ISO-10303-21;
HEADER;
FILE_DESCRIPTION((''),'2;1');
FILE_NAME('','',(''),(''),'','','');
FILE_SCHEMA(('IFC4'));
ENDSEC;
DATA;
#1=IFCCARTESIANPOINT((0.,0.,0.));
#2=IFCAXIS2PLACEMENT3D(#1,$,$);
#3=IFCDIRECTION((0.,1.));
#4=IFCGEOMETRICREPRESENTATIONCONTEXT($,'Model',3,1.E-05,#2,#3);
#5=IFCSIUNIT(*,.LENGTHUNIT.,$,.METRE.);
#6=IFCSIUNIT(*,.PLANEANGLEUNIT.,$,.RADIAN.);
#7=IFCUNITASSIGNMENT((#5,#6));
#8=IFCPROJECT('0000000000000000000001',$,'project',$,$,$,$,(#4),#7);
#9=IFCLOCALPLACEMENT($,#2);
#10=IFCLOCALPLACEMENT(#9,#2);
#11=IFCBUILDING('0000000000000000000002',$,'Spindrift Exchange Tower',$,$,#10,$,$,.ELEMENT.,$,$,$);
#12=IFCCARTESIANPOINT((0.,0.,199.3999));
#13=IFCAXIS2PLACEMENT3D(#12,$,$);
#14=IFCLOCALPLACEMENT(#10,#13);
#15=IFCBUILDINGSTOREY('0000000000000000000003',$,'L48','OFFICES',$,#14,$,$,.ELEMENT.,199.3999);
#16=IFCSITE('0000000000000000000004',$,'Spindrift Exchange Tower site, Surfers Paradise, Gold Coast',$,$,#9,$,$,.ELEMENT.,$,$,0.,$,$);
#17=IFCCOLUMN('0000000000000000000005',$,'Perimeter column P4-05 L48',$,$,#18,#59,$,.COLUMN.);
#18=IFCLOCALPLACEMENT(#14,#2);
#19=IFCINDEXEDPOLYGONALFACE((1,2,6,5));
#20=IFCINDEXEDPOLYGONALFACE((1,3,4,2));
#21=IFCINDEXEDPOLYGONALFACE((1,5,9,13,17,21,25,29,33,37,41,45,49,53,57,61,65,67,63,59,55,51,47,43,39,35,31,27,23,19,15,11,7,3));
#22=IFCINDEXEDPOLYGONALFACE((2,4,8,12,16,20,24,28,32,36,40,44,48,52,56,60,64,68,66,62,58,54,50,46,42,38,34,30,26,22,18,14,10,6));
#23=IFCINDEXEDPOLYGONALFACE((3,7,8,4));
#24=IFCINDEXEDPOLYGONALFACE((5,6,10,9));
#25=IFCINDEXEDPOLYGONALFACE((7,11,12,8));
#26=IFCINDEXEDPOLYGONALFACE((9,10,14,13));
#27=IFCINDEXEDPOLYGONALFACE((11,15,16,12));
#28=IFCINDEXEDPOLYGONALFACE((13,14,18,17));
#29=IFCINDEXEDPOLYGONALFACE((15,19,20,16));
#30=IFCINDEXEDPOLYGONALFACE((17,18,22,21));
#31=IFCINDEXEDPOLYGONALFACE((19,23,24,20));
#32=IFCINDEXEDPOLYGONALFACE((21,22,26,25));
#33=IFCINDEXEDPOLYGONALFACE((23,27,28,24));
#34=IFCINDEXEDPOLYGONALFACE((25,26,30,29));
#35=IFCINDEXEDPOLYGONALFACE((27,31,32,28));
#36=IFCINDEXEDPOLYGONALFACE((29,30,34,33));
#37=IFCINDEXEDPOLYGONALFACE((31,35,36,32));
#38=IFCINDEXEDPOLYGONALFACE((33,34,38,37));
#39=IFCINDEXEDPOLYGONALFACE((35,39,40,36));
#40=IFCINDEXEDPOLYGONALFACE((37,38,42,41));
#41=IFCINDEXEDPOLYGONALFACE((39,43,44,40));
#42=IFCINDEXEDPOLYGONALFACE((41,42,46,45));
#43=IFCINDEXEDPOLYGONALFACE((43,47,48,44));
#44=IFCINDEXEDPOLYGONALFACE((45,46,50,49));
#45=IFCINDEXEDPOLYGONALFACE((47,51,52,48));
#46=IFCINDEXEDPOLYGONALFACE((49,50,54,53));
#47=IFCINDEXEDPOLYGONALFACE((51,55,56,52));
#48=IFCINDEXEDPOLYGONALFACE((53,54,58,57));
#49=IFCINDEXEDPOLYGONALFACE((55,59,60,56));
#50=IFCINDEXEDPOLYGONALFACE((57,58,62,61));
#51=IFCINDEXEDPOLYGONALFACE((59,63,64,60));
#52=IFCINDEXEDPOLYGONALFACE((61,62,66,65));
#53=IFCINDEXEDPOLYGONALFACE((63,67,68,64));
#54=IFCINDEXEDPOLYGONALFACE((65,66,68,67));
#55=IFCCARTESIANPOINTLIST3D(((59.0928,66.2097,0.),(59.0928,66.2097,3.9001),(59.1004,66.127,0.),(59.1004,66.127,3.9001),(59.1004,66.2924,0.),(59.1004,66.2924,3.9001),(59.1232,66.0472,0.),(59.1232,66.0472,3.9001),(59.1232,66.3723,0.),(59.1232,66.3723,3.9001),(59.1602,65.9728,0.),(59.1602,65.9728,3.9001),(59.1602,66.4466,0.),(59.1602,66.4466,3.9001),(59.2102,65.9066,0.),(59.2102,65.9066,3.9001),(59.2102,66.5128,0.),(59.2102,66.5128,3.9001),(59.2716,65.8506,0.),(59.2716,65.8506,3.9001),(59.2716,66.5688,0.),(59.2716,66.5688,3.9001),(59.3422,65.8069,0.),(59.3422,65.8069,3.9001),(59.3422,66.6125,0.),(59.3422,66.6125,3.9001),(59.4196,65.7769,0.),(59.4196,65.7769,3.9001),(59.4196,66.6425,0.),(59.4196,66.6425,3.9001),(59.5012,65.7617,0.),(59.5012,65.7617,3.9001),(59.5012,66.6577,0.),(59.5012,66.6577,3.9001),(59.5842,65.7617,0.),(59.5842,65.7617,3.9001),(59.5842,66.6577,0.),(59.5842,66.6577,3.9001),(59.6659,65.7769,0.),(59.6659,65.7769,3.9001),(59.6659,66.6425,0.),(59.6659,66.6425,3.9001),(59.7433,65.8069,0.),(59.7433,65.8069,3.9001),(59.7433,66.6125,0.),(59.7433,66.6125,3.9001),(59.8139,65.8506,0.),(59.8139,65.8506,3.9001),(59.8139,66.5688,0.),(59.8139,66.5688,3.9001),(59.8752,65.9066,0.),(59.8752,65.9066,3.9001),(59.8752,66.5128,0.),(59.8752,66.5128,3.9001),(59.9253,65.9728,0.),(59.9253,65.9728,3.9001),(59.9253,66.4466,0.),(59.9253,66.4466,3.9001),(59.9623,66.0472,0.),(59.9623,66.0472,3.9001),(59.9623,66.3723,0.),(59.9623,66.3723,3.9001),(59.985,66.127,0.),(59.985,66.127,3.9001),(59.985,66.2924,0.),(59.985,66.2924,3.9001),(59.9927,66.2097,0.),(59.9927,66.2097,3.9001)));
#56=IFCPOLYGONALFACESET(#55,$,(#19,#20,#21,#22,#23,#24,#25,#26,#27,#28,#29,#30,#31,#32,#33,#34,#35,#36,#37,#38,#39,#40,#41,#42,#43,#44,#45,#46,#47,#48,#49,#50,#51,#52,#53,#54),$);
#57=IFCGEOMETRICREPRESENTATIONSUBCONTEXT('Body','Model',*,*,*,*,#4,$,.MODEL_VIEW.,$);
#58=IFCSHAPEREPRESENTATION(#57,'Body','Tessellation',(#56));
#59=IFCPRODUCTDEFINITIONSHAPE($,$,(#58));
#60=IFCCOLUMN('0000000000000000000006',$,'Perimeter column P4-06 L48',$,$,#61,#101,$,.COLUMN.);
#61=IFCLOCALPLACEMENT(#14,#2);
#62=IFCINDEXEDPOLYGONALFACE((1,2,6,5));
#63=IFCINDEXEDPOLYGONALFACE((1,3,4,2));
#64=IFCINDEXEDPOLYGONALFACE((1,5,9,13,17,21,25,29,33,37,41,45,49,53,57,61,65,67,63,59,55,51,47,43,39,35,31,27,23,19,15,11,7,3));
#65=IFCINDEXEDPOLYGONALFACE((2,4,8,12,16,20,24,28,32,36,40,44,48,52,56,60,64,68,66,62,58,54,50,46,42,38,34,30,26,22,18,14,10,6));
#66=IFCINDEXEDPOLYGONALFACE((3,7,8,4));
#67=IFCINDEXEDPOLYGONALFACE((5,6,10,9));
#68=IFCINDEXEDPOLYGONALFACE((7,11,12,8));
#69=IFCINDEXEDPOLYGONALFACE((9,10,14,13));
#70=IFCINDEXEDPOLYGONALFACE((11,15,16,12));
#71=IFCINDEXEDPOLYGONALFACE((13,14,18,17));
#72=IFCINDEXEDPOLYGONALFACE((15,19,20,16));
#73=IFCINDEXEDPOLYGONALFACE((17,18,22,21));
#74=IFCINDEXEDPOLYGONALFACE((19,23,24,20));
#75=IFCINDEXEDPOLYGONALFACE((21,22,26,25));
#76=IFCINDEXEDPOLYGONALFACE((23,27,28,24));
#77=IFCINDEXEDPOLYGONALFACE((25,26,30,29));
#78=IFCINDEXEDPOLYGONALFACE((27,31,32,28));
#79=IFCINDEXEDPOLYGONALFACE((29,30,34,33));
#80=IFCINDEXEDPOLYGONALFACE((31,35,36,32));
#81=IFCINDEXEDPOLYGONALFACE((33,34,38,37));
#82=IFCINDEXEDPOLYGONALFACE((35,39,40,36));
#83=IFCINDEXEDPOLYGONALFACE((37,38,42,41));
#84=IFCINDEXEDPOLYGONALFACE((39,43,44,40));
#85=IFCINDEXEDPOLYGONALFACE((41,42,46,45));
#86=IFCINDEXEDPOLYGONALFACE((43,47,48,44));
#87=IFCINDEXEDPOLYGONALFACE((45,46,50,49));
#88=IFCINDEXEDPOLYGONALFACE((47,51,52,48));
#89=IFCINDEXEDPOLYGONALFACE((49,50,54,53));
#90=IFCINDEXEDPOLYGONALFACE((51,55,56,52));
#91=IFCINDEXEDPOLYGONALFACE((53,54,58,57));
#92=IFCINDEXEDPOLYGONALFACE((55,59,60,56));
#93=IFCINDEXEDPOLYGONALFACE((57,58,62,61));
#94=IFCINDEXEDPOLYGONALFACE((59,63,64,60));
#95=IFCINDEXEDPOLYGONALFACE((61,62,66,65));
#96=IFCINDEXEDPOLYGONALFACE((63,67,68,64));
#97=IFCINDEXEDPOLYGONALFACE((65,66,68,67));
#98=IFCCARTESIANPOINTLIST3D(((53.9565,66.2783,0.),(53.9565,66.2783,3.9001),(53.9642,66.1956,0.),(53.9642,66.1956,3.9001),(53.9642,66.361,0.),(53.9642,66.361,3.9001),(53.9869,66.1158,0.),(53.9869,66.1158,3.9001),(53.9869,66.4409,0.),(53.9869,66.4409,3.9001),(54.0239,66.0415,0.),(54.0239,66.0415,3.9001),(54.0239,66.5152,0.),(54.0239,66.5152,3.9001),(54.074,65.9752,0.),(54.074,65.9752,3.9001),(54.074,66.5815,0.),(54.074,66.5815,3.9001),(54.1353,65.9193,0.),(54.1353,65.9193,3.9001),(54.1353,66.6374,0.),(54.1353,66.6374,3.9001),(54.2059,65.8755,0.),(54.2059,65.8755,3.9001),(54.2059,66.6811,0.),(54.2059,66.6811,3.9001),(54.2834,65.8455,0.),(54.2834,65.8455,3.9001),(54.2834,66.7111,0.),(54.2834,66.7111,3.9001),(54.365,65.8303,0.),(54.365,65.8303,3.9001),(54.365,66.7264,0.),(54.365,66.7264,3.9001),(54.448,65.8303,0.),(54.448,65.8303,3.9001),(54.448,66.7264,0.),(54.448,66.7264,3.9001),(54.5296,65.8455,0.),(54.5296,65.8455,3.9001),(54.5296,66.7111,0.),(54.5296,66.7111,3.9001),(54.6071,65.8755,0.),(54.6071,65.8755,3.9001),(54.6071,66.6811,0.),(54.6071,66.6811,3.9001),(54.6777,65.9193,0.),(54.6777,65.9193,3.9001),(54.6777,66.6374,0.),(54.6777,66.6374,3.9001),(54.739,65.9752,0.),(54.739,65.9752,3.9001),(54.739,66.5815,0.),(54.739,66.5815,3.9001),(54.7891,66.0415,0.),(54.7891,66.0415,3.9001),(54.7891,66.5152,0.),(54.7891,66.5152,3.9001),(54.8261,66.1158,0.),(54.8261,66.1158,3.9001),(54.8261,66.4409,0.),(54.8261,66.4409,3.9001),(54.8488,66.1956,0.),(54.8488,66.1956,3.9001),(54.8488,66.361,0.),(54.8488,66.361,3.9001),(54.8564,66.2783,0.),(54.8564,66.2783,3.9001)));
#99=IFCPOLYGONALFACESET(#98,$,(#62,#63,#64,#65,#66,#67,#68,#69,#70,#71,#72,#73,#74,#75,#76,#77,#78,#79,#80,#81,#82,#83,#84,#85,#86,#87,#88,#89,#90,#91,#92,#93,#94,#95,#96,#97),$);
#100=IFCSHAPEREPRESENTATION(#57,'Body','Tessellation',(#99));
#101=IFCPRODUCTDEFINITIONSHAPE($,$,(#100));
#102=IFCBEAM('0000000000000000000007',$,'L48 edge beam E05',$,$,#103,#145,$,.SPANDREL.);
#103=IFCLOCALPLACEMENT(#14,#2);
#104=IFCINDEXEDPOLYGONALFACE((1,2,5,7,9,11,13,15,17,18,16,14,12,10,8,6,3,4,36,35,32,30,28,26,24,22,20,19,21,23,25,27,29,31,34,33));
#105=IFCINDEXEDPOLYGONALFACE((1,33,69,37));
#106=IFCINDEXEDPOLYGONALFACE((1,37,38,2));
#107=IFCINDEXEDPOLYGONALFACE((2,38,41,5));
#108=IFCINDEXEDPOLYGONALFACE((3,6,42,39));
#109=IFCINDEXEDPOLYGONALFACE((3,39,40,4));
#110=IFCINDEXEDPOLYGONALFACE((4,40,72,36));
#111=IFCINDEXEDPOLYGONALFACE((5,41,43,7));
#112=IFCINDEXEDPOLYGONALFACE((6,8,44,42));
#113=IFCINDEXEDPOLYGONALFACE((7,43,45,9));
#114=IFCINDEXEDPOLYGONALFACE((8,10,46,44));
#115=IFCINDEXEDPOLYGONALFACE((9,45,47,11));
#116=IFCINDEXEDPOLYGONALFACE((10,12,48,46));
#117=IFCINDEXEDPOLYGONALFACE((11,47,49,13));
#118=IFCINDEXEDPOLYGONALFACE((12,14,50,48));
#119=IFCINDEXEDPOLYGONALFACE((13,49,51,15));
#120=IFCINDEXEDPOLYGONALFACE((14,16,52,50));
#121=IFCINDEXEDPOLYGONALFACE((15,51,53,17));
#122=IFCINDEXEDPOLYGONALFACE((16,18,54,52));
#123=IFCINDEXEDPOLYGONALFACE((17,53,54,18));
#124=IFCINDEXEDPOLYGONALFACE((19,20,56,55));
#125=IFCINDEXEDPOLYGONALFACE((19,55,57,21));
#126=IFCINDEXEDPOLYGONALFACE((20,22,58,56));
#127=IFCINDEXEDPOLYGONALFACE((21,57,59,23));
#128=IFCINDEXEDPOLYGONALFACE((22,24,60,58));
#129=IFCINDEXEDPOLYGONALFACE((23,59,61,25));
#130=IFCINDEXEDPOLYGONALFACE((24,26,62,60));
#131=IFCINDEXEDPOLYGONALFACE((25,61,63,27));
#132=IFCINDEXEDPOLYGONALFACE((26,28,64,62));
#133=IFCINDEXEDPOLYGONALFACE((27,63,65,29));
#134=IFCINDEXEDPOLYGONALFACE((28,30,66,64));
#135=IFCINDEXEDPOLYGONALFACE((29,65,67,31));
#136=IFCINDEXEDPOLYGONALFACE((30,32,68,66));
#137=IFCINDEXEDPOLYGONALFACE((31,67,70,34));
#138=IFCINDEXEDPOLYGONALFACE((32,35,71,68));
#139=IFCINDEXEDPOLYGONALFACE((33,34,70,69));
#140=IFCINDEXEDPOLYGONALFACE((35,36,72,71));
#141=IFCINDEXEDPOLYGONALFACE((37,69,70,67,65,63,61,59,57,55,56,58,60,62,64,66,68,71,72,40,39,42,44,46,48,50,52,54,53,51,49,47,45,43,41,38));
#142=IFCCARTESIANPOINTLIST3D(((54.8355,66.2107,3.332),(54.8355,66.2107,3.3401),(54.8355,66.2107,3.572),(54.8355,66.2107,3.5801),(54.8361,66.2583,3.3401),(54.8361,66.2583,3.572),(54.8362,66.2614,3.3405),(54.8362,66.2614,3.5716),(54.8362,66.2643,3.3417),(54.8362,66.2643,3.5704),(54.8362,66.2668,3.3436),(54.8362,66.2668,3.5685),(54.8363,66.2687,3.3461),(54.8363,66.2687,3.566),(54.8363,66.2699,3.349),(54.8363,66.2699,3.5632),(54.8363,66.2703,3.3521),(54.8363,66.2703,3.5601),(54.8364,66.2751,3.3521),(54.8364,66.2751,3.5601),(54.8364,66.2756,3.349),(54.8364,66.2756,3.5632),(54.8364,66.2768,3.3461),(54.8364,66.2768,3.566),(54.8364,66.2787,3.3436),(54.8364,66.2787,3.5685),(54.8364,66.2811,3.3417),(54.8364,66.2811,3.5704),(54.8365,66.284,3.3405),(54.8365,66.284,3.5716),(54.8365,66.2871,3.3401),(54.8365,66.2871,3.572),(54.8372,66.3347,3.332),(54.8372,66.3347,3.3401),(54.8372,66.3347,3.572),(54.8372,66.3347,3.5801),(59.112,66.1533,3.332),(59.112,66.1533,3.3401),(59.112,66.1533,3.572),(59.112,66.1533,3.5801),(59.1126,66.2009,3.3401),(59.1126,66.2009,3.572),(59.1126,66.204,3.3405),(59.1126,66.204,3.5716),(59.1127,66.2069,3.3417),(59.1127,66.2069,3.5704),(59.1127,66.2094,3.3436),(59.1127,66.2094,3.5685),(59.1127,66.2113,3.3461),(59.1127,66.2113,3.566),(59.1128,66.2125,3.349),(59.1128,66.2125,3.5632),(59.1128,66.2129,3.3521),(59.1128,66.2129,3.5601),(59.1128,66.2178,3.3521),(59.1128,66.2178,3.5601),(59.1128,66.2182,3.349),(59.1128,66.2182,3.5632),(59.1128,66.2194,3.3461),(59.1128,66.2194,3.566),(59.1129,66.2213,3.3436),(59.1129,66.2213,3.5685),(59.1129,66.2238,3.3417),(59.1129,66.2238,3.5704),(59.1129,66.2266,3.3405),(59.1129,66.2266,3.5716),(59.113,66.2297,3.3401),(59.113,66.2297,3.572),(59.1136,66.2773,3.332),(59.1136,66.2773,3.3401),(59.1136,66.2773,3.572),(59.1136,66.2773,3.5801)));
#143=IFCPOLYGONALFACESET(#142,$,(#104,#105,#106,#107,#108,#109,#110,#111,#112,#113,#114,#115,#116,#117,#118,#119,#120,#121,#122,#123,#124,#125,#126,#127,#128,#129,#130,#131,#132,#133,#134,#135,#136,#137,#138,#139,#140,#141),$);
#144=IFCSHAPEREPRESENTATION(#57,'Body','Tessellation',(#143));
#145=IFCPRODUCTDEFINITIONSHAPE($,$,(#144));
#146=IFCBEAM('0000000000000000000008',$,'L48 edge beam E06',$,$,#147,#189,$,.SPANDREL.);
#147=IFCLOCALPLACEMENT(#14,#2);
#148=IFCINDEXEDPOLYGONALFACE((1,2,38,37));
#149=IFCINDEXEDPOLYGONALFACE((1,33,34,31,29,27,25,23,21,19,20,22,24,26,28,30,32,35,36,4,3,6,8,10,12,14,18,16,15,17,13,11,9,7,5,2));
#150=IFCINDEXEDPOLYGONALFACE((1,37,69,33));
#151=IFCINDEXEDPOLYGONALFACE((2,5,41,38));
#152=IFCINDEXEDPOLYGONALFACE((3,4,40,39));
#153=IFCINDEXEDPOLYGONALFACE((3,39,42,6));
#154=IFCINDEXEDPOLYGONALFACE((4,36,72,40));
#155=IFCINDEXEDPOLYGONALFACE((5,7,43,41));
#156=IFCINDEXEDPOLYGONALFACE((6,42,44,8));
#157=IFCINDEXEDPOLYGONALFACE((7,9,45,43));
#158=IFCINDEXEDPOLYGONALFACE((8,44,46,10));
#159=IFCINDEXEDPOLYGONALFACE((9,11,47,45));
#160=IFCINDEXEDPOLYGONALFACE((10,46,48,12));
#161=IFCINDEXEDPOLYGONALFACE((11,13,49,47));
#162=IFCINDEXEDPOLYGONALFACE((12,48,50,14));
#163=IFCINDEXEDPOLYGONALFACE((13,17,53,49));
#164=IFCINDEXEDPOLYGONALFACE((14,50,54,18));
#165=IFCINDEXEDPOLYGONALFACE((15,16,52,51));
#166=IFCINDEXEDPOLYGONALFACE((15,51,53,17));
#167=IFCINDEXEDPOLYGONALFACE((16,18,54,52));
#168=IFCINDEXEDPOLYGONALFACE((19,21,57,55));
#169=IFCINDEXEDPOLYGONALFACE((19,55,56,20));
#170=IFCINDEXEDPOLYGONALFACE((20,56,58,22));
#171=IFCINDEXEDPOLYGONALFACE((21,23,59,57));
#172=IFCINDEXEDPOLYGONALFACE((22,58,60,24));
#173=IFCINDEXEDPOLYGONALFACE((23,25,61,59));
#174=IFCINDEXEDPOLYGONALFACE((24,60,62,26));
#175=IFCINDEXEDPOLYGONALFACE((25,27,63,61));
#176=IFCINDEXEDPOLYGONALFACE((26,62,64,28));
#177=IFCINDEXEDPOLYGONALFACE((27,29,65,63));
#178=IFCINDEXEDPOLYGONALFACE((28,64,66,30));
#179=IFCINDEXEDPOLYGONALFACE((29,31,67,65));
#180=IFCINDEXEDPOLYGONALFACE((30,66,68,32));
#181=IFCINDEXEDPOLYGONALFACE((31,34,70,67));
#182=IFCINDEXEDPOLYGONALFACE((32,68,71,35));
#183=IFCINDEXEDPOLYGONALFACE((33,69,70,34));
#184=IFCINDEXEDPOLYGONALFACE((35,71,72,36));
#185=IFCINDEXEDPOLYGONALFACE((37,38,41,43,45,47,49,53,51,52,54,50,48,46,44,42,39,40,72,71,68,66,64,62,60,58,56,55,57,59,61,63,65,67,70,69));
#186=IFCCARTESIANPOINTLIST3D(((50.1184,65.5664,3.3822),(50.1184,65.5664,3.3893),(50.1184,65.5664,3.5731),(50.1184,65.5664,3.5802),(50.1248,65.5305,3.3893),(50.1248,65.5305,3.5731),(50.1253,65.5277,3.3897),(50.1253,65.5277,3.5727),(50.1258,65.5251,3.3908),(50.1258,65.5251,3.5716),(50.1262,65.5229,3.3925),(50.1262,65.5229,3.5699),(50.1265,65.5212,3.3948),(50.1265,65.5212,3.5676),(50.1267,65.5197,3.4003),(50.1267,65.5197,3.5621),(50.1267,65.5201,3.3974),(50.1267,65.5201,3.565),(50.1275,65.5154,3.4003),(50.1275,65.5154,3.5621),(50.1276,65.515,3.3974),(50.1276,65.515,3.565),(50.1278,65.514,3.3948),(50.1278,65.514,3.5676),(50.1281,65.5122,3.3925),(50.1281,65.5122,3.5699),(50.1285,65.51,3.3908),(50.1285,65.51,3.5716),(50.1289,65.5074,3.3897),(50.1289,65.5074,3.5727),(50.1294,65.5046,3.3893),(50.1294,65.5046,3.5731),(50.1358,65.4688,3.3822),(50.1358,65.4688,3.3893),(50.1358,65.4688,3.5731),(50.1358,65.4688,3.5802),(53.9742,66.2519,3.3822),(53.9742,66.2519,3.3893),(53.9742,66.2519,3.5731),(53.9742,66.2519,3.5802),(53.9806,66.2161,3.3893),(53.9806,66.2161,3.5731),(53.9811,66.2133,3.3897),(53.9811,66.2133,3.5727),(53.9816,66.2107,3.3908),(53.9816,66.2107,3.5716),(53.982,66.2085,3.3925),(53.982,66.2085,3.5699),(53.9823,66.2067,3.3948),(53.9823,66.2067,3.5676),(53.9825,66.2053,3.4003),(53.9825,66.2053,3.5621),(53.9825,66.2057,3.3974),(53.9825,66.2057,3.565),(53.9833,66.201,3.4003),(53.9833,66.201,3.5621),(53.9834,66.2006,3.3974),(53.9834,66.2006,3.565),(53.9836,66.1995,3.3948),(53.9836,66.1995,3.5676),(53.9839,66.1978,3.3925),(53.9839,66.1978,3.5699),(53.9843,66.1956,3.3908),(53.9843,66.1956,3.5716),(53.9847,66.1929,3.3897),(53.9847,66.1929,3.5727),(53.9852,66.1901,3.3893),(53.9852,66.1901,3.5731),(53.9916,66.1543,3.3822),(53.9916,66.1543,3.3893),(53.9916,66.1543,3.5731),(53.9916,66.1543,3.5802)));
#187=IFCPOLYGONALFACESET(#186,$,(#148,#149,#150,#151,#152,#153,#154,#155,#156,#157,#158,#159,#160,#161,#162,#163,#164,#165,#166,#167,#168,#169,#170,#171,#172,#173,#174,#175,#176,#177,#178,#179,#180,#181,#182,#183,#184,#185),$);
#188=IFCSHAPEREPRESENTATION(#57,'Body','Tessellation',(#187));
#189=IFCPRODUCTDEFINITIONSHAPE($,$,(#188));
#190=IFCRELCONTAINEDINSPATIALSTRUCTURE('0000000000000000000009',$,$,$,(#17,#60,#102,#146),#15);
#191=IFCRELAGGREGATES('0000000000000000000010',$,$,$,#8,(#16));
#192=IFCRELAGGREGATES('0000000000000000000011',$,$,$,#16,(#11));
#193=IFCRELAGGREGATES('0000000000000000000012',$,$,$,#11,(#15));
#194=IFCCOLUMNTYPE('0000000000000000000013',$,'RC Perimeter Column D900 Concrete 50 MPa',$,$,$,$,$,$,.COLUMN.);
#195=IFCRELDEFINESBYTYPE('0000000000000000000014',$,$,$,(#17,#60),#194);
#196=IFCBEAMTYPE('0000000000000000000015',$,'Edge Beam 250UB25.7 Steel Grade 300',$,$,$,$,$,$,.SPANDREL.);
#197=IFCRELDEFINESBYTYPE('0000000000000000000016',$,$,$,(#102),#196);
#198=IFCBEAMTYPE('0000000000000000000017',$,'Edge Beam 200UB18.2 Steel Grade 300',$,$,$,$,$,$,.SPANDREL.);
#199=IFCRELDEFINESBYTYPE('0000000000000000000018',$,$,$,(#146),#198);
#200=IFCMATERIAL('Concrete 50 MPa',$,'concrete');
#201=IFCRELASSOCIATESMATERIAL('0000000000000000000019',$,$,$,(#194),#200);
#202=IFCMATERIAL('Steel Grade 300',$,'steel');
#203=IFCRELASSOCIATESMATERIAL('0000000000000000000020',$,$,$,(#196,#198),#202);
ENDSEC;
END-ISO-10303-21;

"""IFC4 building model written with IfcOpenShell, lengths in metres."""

from ifc_helpers import new_model, si_unit, direction, frame, origin, origin_2d, place, context, subcontext, project, spatial, circle, i_section, extrude, source, transform, mapped, material, material_profile, profile_set, type_object, element, save


model = new_model("IFC4")

# Units and contexts
model_context = context("Model", 3, precision=1e-05, world=origin(), true_north=direction((0.0, 1.0)))
body_context = subcontext(model_context, "Body", "Model", "MODEL_VIEW")
ifc_project = project(units=[si_unit("LENGTHUNIT", "METRE"), si_unit("PLANEANGLEUNIT", "RADIAN")], contexts=[model_context])

# Site, building, storey
site_placement = place(None, origin())
site = spatial("IfcSite", under=ifc_project, at=site_placement, Name="Spindrift Exchange Tower site, Surfers Paradise, Gold Coast", CompositionType="ELEMENT", RefElevation=0.0)
building_placement = place(site_placement, origin())
building = spatial("IfcBuilding", under=site, at=building_placement, Name="Spindrift Exchange Tower", CompositionType="ELEMENT")
storey_placement = place(building_placement, frame((0.0, 0.0, 199.3999)))
storey = spatial("IfcBuildingStorey", under=building, at=storey_placement, Name="L48", Description="OFFICES", CompositionType="ELEMENT", Elevation=199.3999)

# Columns
ifc_material_1 = material(Name="Concrete 50 MPa", Category="concrete")
ifc_material_profile_1 = material_profile(ifc_material_1, circle(Radius=0.45, at=origin_2d()), Name="RC D900")
ifc_profile_set_1 = profile_set([ifc_material_profile_1], Name="Concrete 50 MPa")
column_type = type_object("IfcColumnType", Name="RC Perimeter Column D900 Concrete 50 MPa", PredefinedType="COLUMN", material=ifc_profile_set_1)
shared_shape_1 = source(origin(), body_context, "Body", "SweptSolid", [
    extrude(circle(Radius=0.45, at=origin_2d()), origin(), (0.0, 0.0, 1.0), 3.9001),
])
for number, where, z_axis, x_axis, name in (
    (1, (59.5427, 66.2097, 0.0), (0.0, 0.0, 1.0), (1.0, 0.0, 0.0), "Perimeter column P4-05 L48"),
    (2, (54.4065, 66.2783, 0.0), (0.0, 0.0, 1.0), (1.0, 0.0, 0.0), "Perimeter column P4-06 L48"),
):
    element("IfcColumn", number, at=place(storey_placement, frame(where, z_axis=z_axis, x_axis=x_axis)), inside=storey, type_object=column_type, Name=name, PredefinedType="COLUMN", context=body_context, shape_type="MappedRepresentation", body=[
        mapped(shared_shape_1, transform((0.0, 0.0, 0.0), scale=1.0)),
    ])

# Beams
ifc_material_2 = material(Name="Steel Grade 300", Category="steel")
ifc_material_profile_2 = material_profile(ifc_material_2, i_section(OverallWidth=0.124, OverallDepth=0.248, WebThickness=0.0049, FlangeThickness=0.0081, FilletRadius=0.012, at=origin_2d()), Name="250UB25.7")
ifc_profile_set_2 = profile_set([ifc_material_profile_2], Name="Steel Grade 300")
beam_type_1 = type_object("IfcBeamType", Name="Edge Beam 250UB25.7 Steel Grade 300", PredefinedType="SPANDREL", material=ifc_profile_set_2)
shared_shape_2 = source(origin(), body_context, "Body", "SweptSolid", [
    extrude(i_section(OverallWidth=0.124, OverallDepth=0.248, WebThickness=0.0049, FlangeThickness=0.0081, FilletRadius=0.012, at=origin_2d()), origin(), (0.0, 0.0, 1.0), 4.2769),
])
beam_1_placement = place(storey_placement, frame((59.1128, 66.2153, 3.4561), z_axis=(-0.99991, 0.013415, 0.0), x_axis=(-0.013415, -0.99991, 0.0)))
element("IfcBeam", 3, at=beam_1_placement, inside=storey, type_object=beam_type_1, Name="L48 edge beam E05", PredefinedType="SPANDREL", context=body_context, shape_type="MappedRepresentation", body=[
    mapped(shared_shape_2, transform((0.0, 0.0, 0.0), scale=1.0)),
])
ifc_material_profile_3 = material_profile(ifc_material_2, i_section(OverallWidth=0.0991, OverallDepth=0.198, WebThickness=0.0044, FlangeThickness=0.0071, FilletRadius=0.011, at=origin_2d()), Name="200UB18.2")
ifc_profile_set_3 = profile_set([ifc_material_profile_3], Name="Steel Grade 300")
beam_type_2 = type_object("IfcBeamType", Name="Edge Beam 200UB18.2 Steel Grade 300", PredefinedType="SPANDREL", material=ifc_profile_set_3)
shared_shape_3 = source(origin(), body_context, "Body", "SweptSolid", [
    extrude(i_section(OverallWidth=0.0991, OverallDepth=0.198, WebThickness=0.0044, FlangeThickness=0.0071, FilletRadius=0.011, at=origin_2d()), origin(), (0.0, 0.0, 1.0), 3.9163),
])
beam_2_placement = place(storey_placement, frame((53.9829, 66.2031, 3.4812), z_axis=(-0.984559, -0.175055, 0.0), x_axis=(0.175055, -0.984559, 0.0)))
element("IfcBeam", 4, at=beam_2_placement, inside=storey, type_object=beam_type_2, Name="L48 edge beam E06", PredefinedType="SPANDREL", context=body_context, shape_type="MappedRepresentation", body=[
    mapped(shared_shape_3, transform((0.0, 0.0, 0.0), scale=1.0)),
])

save(model, "model.ifc")
